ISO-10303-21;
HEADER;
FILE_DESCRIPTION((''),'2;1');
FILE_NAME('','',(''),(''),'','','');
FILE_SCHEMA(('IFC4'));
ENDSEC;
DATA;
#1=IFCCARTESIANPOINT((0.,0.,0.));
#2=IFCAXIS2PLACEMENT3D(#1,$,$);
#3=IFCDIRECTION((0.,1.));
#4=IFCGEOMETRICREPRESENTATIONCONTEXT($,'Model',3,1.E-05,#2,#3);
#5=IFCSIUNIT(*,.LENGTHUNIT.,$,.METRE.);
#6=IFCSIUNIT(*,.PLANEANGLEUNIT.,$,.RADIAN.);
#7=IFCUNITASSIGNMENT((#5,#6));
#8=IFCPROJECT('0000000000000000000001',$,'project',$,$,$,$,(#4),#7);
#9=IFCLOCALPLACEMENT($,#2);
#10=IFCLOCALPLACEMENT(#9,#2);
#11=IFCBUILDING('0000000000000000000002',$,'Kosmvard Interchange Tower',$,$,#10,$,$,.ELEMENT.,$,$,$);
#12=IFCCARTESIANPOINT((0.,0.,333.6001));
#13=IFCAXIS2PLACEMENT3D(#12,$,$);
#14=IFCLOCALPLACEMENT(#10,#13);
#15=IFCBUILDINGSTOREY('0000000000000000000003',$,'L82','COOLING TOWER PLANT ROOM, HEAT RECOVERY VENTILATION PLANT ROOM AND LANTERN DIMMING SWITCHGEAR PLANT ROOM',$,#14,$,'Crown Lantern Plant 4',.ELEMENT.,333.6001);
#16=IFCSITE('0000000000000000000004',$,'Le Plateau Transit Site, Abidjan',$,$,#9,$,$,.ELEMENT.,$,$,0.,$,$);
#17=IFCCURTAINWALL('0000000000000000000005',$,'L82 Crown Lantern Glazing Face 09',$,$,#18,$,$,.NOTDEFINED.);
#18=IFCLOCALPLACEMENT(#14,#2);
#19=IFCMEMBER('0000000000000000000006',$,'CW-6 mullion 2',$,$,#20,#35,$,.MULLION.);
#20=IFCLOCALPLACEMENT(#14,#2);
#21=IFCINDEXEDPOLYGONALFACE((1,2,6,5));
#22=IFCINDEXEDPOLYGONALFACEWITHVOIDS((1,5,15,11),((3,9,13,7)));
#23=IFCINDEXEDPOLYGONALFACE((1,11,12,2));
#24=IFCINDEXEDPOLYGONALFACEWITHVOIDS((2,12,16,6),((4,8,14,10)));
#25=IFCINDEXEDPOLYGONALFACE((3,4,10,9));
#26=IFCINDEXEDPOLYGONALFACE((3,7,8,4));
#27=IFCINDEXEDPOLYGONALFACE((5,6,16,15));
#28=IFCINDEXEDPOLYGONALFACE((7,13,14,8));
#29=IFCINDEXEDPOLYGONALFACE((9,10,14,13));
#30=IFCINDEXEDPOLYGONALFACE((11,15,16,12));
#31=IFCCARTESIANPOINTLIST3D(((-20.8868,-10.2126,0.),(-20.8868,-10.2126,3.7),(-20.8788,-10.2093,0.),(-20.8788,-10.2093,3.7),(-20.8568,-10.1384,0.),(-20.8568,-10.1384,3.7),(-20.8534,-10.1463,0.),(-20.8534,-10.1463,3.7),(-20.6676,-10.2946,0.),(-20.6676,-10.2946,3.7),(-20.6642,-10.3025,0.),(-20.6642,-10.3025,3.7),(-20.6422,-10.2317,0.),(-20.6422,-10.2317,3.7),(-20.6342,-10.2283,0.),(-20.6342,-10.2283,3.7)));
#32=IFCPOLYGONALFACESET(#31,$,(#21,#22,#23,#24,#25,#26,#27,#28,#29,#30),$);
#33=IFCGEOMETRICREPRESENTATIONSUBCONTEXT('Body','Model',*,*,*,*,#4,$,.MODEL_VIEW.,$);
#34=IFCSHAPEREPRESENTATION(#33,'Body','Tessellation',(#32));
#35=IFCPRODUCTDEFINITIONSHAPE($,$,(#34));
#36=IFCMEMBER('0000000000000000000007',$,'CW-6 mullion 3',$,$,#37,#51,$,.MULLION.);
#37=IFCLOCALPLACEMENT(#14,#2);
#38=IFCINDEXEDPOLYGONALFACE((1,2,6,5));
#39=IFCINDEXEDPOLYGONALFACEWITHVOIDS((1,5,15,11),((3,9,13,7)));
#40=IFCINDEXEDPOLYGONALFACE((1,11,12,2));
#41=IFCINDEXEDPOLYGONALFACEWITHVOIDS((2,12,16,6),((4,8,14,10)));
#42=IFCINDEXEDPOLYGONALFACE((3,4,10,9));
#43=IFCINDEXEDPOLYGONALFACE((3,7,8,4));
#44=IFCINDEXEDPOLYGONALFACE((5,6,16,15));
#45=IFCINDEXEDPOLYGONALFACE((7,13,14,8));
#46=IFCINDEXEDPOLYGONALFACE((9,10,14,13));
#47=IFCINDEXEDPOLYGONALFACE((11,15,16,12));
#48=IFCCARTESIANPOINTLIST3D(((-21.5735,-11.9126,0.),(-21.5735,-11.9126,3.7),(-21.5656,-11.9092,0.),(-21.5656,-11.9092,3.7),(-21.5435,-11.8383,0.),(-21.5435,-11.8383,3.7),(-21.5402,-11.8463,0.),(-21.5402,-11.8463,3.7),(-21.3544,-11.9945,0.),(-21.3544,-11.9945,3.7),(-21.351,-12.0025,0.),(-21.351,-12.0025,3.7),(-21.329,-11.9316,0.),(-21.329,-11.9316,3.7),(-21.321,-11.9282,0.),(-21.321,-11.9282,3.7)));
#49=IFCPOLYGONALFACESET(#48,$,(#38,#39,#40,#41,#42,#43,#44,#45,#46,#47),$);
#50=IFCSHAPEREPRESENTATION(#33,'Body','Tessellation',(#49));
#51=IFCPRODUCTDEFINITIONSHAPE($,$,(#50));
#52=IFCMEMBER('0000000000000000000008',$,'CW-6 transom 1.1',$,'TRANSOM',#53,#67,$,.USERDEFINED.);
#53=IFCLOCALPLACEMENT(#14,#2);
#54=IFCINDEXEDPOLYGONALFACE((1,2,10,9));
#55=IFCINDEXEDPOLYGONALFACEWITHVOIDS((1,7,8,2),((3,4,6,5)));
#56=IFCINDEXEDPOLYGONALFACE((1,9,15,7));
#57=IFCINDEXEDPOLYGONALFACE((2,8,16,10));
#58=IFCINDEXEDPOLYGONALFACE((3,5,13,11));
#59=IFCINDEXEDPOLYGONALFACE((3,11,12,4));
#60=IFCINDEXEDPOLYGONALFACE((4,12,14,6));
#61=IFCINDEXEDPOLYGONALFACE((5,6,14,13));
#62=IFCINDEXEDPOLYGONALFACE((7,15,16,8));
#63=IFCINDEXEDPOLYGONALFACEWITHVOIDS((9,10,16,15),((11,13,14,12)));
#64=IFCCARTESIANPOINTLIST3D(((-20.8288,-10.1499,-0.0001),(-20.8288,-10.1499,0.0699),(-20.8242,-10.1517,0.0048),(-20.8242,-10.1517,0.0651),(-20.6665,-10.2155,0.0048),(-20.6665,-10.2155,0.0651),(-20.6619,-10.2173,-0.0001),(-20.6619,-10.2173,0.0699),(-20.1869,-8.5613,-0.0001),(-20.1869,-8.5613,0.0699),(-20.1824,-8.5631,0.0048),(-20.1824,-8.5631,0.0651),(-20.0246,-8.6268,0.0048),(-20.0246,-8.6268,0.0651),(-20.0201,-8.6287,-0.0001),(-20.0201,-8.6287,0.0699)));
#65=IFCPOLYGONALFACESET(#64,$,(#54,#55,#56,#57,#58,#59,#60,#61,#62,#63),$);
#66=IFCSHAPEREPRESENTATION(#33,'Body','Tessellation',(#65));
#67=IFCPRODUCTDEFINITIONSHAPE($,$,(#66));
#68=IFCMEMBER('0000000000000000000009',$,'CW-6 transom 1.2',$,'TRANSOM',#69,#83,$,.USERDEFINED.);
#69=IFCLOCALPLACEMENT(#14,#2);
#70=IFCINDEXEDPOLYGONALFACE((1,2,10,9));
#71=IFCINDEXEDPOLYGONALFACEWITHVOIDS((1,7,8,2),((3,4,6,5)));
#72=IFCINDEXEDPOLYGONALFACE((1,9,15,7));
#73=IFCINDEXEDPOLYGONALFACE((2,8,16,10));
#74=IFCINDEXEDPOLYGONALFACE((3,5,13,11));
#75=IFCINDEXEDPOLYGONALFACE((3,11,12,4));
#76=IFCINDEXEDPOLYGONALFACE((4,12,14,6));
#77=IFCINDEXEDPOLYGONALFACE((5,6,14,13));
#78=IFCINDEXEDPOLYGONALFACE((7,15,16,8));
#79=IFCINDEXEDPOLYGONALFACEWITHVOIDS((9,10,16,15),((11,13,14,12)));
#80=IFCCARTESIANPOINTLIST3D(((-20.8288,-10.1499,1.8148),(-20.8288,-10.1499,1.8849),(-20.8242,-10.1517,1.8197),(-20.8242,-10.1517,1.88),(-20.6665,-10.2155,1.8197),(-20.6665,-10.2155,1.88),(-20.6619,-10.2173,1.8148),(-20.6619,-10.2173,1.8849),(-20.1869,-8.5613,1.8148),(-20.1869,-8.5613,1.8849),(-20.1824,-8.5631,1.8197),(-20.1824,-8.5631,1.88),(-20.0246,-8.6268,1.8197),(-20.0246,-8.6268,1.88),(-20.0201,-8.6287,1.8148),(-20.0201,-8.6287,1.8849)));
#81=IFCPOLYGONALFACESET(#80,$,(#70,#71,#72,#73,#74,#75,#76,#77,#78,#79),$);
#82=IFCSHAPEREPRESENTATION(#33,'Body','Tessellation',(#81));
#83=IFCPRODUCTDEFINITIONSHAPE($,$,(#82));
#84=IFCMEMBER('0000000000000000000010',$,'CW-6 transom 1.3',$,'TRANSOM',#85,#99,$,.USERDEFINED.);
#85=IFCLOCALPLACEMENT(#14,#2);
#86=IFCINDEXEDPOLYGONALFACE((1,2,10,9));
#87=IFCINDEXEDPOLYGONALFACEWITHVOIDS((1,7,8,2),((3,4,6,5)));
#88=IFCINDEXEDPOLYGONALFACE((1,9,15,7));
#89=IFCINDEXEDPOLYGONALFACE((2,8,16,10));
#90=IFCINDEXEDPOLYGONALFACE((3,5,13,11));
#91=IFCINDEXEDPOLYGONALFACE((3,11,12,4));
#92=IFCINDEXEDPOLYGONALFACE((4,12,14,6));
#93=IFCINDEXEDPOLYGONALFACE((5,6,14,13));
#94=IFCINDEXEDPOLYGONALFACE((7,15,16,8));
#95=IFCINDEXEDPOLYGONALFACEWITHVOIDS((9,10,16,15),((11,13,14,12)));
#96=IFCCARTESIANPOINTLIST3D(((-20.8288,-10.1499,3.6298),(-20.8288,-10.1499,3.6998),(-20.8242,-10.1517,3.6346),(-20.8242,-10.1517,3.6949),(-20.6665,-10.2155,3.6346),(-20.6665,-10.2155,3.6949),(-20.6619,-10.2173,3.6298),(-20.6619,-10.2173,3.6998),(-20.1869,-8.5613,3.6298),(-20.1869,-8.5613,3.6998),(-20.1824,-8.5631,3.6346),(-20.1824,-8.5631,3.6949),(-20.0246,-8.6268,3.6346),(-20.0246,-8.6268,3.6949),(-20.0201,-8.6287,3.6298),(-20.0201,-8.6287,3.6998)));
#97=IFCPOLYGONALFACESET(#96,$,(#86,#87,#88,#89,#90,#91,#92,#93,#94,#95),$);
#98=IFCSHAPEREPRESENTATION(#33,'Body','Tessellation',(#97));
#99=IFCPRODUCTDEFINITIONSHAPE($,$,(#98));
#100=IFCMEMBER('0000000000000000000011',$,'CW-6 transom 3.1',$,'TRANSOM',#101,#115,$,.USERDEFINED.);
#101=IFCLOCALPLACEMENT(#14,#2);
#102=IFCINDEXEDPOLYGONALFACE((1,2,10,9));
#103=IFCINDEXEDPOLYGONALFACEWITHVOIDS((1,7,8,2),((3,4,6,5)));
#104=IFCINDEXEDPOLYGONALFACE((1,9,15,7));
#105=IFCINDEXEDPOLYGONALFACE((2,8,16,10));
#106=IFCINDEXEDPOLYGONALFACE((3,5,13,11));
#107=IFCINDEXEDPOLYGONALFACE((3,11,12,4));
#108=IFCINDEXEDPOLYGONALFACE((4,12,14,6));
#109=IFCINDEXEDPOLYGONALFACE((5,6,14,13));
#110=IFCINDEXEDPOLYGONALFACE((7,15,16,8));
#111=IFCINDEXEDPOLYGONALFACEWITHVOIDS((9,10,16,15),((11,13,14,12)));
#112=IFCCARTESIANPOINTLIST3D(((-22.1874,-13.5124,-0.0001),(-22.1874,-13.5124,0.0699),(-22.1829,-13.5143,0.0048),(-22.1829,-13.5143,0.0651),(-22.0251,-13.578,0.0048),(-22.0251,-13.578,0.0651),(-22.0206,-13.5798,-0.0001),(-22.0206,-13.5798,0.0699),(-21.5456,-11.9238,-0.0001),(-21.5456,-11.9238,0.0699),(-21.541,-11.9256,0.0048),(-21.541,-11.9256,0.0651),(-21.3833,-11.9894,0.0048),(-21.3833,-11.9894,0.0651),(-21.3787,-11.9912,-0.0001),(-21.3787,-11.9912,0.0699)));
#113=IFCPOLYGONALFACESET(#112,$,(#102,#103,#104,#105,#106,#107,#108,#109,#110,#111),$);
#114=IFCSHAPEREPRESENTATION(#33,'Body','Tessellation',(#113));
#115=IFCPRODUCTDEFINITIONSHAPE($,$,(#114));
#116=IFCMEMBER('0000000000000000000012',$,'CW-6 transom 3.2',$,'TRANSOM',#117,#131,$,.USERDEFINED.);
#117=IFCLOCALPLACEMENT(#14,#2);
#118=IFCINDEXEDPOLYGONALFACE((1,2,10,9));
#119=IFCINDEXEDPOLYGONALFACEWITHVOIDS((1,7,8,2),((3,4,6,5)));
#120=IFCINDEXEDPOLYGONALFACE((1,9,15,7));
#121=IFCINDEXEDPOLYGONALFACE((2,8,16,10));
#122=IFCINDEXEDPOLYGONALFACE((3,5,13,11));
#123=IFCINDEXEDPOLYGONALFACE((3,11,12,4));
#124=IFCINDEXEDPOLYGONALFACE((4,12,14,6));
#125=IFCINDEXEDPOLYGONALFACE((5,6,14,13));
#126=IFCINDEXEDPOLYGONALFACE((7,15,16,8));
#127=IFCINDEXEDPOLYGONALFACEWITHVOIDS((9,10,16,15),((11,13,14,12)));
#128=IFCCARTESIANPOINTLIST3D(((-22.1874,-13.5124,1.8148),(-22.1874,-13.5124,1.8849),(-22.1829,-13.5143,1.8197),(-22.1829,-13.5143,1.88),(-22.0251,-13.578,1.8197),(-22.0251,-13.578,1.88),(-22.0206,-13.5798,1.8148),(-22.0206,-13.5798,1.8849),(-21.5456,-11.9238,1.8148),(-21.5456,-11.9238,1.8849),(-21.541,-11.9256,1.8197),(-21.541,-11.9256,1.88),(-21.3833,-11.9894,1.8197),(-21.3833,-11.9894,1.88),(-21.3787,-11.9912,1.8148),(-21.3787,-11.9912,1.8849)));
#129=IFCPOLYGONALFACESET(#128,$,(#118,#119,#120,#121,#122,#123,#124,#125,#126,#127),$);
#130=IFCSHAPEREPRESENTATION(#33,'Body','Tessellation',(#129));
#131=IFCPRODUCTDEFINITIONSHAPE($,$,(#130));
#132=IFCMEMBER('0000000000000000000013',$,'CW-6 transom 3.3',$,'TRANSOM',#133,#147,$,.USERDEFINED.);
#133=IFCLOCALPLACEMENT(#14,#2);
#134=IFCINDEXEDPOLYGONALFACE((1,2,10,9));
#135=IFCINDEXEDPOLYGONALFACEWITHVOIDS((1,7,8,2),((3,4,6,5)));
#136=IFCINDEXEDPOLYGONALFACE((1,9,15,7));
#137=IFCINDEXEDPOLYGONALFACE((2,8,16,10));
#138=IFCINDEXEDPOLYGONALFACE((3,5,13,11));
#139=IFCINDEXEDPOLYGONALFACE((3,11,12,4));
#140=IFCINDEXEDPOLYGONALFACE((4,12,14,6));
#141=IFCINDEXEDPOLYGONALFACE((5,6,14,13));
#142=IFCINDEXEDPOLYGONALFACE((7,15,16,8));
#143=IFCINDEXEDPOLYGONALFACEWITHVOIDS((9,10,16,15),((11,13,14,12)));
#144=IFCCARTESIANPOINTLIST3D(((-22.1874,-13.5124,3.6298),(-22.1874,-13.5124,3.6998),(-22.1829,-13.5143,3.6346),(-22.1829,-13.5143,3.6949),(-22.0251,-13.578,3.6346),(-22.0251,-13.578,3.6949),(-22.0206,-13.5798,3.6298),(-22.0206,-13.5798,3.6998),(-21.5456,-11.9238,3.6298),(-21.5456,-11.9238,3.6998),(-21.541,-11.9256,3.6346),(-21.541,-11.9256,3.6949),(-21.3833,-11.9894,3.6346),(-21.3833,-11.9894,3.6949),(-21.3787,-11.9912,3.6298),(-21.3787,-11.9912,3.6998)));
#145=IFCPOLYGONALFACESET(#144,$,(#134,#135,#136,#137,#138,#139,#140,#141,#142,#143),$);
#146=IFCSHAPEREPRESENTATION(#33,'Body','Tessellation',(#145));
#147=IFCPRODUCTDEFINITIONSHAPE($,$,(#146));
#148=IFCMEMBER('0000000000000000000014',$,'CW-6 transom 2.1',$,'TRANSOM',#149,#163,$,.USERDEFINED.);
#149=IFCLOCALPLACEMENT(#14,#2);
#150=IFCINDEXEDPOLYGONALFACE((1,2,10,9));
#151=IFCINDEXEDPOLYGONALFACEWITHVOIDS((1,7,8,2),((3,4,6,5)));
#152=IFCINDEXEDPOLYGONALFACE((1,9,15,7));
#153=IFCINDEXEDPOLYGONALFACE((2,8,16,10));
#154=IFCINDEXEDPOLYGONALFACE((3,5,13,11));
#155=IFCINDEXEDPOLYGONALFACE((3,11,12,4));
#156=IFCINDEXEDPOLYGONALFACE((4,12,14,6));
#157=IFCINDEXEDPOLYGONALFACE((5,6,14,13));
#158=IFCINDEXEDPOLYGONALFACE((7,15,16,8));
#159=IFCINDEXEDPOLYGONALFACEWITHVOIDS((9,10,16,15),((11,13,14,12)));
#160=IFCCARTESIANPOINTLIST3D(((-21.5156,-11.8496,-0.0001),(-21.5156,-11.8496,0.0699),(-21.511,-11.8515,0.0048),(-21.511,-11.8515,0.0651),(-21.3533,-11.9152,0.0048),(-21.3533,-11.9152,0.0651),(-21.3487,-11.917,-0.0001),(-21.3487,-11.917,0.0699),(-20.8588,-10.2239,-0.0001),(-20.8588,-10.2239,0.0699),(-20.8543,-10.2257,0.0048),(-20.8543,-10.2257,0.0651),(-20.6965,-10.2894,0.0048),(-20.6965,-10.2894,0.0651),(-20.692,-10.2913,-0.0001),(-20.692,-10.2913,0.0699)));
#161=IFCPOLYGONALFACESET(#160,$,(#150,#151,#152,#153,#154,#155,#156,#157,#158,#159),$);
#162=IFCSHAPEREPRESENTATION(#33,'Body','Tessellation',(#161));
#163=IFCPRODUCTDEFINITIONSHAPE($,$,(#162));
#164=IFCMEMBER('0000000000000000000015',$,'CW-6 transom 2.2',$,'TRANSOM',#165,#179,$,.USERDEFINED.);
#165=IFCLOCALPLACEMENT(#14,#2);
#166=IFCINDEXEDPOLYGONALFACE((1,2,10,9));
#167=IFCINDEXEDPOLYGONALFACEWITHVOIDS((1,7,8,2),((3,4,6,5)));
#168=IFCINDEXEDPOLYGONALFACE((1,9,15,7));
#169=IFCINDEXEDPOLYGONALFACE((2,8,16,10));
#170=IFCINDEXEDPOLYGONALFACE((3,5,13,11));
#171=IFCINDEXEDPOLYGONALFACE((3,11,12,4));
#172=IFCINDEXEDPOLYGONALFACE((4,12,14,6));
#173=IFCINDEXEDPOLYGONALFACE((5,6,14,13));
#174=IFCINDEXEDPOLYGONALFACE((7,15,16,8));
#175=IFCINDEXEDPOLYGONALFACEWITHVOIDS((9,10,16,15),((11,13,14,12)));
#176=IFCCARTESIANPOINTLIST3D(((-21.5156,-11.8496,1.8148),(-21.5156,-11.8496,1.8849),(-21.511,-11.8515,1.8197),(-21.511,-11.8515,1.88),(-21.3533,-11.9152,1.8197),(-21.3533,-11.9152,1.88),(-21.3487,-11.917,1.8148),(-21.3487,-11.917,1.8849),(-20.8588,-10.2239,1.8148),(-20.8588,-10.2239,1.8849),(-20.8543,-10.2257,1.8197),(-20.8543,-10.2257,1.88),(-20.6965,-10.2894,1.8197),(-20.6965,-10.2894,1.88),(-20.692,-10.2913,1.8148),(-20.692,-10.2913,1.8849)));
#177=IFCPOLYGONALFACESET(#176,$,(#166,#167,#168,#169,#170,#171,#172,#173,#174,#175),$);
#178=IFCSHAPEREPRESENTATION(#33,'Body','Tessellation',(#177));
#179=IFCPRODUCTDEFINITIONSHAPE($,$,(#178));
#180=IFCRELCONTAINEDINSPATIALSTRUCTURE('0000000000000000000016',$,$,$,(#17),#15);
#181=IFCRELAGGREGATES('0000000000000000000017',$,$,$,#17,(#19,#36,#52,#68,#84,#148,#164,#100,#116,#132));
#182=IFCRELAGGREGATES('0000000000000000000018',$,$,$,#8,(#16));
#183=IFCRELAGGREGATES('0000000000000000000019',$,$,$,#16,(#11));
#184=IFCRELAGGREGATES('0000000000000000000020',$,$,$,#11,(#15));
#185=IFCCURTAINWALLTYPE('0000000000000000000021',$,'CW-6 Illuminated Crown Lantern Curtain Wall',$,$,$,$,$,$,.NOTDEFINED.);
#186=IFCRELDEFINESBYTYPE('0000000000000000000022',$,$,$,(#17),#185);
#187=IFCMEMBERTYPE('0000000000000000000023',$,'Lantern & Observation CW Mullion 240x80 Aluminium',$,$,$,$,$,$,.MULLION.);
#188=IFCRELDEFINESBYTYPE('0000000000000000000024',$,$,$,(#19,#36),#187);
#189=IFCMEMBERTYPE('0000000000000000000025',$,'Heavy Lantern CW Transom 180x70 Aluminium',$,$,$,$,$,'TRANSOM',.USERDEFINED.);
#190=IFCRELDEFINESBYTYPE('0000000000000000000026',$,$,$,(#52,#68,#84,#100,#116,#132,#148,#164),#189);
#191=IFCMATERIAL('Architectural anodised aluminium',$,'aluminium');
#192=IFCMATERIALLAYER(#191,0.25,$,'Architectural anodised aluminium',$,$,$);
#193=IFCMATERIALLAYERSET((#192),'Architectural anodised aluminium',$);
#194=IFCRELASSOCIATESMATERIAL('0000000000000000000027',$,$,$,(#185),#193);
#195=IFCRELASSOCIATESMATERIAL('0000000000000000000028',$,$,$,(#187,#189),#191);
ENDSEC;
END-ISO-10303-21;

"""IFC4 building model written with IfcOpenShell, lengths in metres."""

from ifc_helpers import new_model, si_unit, direction, frame, origin, origin_2d, place, context, subcontext, project, spatial, hollow_rectangle, extrude, source, transform, mapped, material, layer, layer_set, material_profile, profile_set, type_object, element, aggregate, save


model = new_model("IFC4")

# Units and contexts
model_context = context("Model", 3, precision=1e-05, world=origin(), true_north=direction((0.0, 1.0)))
body_context = subcontext(model_context, "Body", "Model", "MODEL_VIEW")
ifc_project = project(units=[si_unit("LENGTHUNIT", "METRE"), si_unit("PLANEANGLEUNIT", "RADIAN")], contexts=[model_context])

# Site, building, storey
site_placement = place(None, origin())
site = spatial("IfcSite", under=ifc_project, at=site_placement, Name="Le Plateau Transit Site, Abidjan", CompositionType="ELEMENT", RefElevation=0.0)
building_placement = place(site_placement, origin())
building = spatial("IfcBuilding", under=site, at=building_placement, Name="Kosmvard Interchange Tower", CompositionType="ELEMENT")
storey_placement = place(building_placement, frame((0.0, 0.0, 333.6001)))
storey = spatial("IfcBuildingStorey", under=building, at=storey_placement, Name="L82", Description="COOLING TOWER PLANT ROOM, HEAT RECOVERY VENTILATION PLANT ROOM AND LANTERN DIMMING SWITCHGEAR PLANT ROOM", LongName="Crown Lantern Plant 4", CompositionType="ELEMENT", Elevation=333.6001)

# Shared definitions
ifc_material_1 = material(Name="Architectural anodised aluminium", Category="aluminium")
ifc_layer_1 = layer(ifc_material_1, 0.25, Name="Architectural anodised aluminium")
ifc_layer_set_1 = layer_set([ifc_layer_1], Name="Architectural anodised aluminium")
curtain_wall_type = type_object("IfcCurtainWallType", Name="CW-6 Illuminated Crown Lantern Curtain Wall", PredefinedType="NOTDEFINED", material=ifc_layer_set_1)
ifc_material_profile_1 = material_profile(ifc_material_1, hollow_rectangle(XDim=0.24, YDim=0.0801, WallThickness=0.0061, at=origin_2d()), Name="CWM 240x80x6")
ifc_profile_set_1 = profile_set([ifc_material_profile_1], Name="Architectural anodised aluminium")
member_type_1 = type_object("IfcMemberType", Name="Lantern & Observation CW Mullion 240x80 Aluminium", PredefinedType="MULLION", material=ifc_profile_set_1)
shared_shape_1 = source(origin(), body_context, "Body", "SweptSolid", [
    extrude(hollow_rectangle(XDim=0.24, YDim=0.0801, WallThickness=0.0061, at=origin_2d()), origin(), (0.0, 0.0, 1.0), 3.7),
])

# Curtain wall, members
curtain_wall_1_placement = place(storey_placement, origin())
curtain_wall_1 = element("IfcCurtainWall", 1, at=curtain_wall_1_placement, inside=storey, type_object=curtain_wall_type, Name="L82 Crown Lantern Glazing Face 09", PredefinedType="NOTDEFINED")
member_1_placement = place(storey_placement, frame((-20.7605, -10.2205, 0.0), z_axis=(0.0, 0.0, 1.0), x_axis=(0.927184, -0.374607, 0.0)))
member_1 = element("IfcMember", 2, at=member_1_placement, type_object=member_type_1, Name="CW-6 mullion 2", PredefinedType="MULLION", context=body_context, shape_type="MappedRepresentation", body=[
    mapped(shared_shape_1, transform((0.0, 0.0, 0.0), scale=1.0)),
])
member_2_placement = place(storey_placement, frame((-21.4473, -11.9204, 0.0), z_axis=(0.0, 0.0, 1.0), x_axis=(0.927184, -0.374607, 0.0)))
member_2 = element("IfcMember", 3, at=member_2_placement, type_object=member_type_1, Name="CW-6 mullion 3", PredefinedType="MULLION", context=body_context, shape_type="MappedRepresentation", body=[
    mapped(shared_shape_1, transform((0.0, 0.0, 0.0), scale=1.0)),
])
ifc_material_profile_2 = material_profile(ifc_material_1, hollow_rectangle(XDim=0.1799, YDim=0.0701, WallThickness=0.0049, at=origin_2d()), Name="CWT 180x70x5")
ifc_profile_set_2 = profile_set([ifc_material_profile_2], Name="Architectural anodised aluminium")
member_type_2 = type_object("IfcMemberType", Name="Heavy Lantern CW Transom 180x70 Aluminium", ElementType="TRANSOM", PredefinedType="USERDEFINED", material=ifc_profile_set_2)
shared_shape_2 = source(origin(), body_context, "Body", "SweptSolid", [
    extrude(hollow_rectangle(XDim=0.1799, YDim=0.0701, WallThickness=0.0049, at=origin_2d()), origin(), (0.0, 0.0, 1.0), 1.7134),
])
member_3_placement = place(storey_placement, frame((-20.1035, -8.595, 0.0349), z_axis=(-0.374607, -0.927184, 0.0), x_axis=(0.927184, -0.374607, 0.0)))
member_3 = element("IfcMember", 4, at=member_3_placement, type_object=member_type_2, Name="CW-6 transom 1.1", ObjectType="TRANSOM", PredefinedType="USERDEFINED", context=body_context, shape_type="MappedRepresentation", body=[
    mapped(shared_shape_2, transform((0.0, 0.0, 0.0), scale=1.0)),
])
member_4_placement = place(storey_placement, frame((-20.1035, -8.595, 1.8499), z_axis=(-0.374607, -0.927184, 0.0), x_axis=(0.927184, -0.374607, 0.0)))
member_4 = element("IfcMember", 5, at=member_4_placement, type_object=member_type_2, Name="CW-6 transom 1.2", ObjectType="TRANSOM", PredefinedType="USERDEFINED", context=body_context, shape_type="MappedRepresentation", body=[
    mapped(shared_shape_2, transform((0.0, 0.0, 0.0), scale=1.0)),
])
member_5_placement = place(storey_placement, frame((-20.1035, -8.595, 3.6648), z_axis=(-0.374607, -0.927184, 0.0), x_axis=(0.927184, -0.374607, 0.0)))
member_5 = element("IfcMember", 6, at=member_5_placement, type_object=member_type_2, Name="CW-6 transom 1.3", ObjectType="TRANSOM", PredefinedType="USERDEFINED", context=body_context, shape_type="MappedRepresentation", body=[
    mapped(shared_shape_2, transform((0.0, 0.0, 0.0), scale=1.0)),
])
member_6_placement = place(storey_placement, frame((-21.4622, -11.9575, 0.0349), z_axis=(-0.374607, -0.927184, 0.0), x_axis=(0.927184, -0.374607, 0.0)))
member_6 = element("IfcMember", 7, at=member_6_placement, type_object=member_type_2, Name="CW-6 transom 3.1", ObjectType="TRANSOM", PredefinedType="USERDEFINED", context=body_context, shape_type="MappedRepresentation", body=[
    mapped(shared_shape_2, transform((0.0, 0.0, 0.0), scale=1.0)),
])
member_7_placement = place(storey_placement, frame((-21.4622, -11.9575, 1.8499), z_axis=(-0.374607, -0.927184, 0.0), x_axis=(0.927184, -0.374607, 0.0)))
member_7 = element("IfcMember", 8, at=member_7_placement, type_object=member_type_2, Name="CW-6 transom 3.2", ObjectType="TRANSOM", PredefinedType="USERDEFINED", context=body_context, shape_type="MappedRepresentation", body=[
    mapped(shared_shape_2, transform((0.0, 0.0, 0.0), scale=1.0)),
])
member_8_placement = place(storey_placement, frame((-21.4622, -11.9575, 3.6648), z_axis=(-0.374607, -0.927184, 0.0), x_axis=(0.927184, -0.374607, 0.0)))
member_8 = element("IfcMember", 9, at=member_8_placement, type_object=member_type_2, Name="CW-6 transom 3.3", ObjectType="TRANSOM", PredefinedType="USERDEFINED", context=body_context, shape_type="MappedRepresentation", body=[
    mapped(shared_shape_2, transform((0.0, 0.0, 0.0), scale=1.0)),
])
shared_shape_3 = source(origin(), body_context, "Body", "SweptSolid", [
    extrude(hollow_rectangle(XDim=0.1799, YDim=0.0701, WallThickness=0.0049, at=origin_2d()), origin(), (0.0, 0.0, 1.0), 1.7534),
])
member_9_placement = place(storey_placement, frame((-20.7754, -10.2576, 0.0349), z_axis=(-0.374557, -0.927204, 0.0), x_axis=(0.927204, -0.374557, 0.0)))
member_9 = element("IfcMember", 10, at=member_9_placement, type_object=member_type_2, Name="CW-6 transom 2.1", ObjectType="TRANSOM", PredefinedType="USERDEFINED", context=body_context, shape_type="MappedRepresentation", body=[
    mapped(shared_shape_3, transform((0.0, 0.0, 0.0), scale=1.0)),
])
member_10_placement = place(storey_placement, frame((-20.7754, -10.2576, 1.8499), z_axis=(-0.374557, -0.927204, 0.0), x_axis=(0.927204, -0.374557, 0.0)))
member_10 = element("IfcMember", 11, at=member_10_placement, type_object=member_type_2, Name="CW-6 transom 2.2", ObjectType="TRANSOM", PredefinedType="USERDEFINED", context=body_context, shape_type="MappedRepresentation", body=[
    mapped(shared_shape_3, transform((0.0, 0.0, 0.0), scale=1.0)),
])

aggregate(curtain_wall_1, [member_1, member_2, member_3, member_4, member_5, member_9, member_10, member_6, member_7, member_8])

save(model, "model.ifc")
